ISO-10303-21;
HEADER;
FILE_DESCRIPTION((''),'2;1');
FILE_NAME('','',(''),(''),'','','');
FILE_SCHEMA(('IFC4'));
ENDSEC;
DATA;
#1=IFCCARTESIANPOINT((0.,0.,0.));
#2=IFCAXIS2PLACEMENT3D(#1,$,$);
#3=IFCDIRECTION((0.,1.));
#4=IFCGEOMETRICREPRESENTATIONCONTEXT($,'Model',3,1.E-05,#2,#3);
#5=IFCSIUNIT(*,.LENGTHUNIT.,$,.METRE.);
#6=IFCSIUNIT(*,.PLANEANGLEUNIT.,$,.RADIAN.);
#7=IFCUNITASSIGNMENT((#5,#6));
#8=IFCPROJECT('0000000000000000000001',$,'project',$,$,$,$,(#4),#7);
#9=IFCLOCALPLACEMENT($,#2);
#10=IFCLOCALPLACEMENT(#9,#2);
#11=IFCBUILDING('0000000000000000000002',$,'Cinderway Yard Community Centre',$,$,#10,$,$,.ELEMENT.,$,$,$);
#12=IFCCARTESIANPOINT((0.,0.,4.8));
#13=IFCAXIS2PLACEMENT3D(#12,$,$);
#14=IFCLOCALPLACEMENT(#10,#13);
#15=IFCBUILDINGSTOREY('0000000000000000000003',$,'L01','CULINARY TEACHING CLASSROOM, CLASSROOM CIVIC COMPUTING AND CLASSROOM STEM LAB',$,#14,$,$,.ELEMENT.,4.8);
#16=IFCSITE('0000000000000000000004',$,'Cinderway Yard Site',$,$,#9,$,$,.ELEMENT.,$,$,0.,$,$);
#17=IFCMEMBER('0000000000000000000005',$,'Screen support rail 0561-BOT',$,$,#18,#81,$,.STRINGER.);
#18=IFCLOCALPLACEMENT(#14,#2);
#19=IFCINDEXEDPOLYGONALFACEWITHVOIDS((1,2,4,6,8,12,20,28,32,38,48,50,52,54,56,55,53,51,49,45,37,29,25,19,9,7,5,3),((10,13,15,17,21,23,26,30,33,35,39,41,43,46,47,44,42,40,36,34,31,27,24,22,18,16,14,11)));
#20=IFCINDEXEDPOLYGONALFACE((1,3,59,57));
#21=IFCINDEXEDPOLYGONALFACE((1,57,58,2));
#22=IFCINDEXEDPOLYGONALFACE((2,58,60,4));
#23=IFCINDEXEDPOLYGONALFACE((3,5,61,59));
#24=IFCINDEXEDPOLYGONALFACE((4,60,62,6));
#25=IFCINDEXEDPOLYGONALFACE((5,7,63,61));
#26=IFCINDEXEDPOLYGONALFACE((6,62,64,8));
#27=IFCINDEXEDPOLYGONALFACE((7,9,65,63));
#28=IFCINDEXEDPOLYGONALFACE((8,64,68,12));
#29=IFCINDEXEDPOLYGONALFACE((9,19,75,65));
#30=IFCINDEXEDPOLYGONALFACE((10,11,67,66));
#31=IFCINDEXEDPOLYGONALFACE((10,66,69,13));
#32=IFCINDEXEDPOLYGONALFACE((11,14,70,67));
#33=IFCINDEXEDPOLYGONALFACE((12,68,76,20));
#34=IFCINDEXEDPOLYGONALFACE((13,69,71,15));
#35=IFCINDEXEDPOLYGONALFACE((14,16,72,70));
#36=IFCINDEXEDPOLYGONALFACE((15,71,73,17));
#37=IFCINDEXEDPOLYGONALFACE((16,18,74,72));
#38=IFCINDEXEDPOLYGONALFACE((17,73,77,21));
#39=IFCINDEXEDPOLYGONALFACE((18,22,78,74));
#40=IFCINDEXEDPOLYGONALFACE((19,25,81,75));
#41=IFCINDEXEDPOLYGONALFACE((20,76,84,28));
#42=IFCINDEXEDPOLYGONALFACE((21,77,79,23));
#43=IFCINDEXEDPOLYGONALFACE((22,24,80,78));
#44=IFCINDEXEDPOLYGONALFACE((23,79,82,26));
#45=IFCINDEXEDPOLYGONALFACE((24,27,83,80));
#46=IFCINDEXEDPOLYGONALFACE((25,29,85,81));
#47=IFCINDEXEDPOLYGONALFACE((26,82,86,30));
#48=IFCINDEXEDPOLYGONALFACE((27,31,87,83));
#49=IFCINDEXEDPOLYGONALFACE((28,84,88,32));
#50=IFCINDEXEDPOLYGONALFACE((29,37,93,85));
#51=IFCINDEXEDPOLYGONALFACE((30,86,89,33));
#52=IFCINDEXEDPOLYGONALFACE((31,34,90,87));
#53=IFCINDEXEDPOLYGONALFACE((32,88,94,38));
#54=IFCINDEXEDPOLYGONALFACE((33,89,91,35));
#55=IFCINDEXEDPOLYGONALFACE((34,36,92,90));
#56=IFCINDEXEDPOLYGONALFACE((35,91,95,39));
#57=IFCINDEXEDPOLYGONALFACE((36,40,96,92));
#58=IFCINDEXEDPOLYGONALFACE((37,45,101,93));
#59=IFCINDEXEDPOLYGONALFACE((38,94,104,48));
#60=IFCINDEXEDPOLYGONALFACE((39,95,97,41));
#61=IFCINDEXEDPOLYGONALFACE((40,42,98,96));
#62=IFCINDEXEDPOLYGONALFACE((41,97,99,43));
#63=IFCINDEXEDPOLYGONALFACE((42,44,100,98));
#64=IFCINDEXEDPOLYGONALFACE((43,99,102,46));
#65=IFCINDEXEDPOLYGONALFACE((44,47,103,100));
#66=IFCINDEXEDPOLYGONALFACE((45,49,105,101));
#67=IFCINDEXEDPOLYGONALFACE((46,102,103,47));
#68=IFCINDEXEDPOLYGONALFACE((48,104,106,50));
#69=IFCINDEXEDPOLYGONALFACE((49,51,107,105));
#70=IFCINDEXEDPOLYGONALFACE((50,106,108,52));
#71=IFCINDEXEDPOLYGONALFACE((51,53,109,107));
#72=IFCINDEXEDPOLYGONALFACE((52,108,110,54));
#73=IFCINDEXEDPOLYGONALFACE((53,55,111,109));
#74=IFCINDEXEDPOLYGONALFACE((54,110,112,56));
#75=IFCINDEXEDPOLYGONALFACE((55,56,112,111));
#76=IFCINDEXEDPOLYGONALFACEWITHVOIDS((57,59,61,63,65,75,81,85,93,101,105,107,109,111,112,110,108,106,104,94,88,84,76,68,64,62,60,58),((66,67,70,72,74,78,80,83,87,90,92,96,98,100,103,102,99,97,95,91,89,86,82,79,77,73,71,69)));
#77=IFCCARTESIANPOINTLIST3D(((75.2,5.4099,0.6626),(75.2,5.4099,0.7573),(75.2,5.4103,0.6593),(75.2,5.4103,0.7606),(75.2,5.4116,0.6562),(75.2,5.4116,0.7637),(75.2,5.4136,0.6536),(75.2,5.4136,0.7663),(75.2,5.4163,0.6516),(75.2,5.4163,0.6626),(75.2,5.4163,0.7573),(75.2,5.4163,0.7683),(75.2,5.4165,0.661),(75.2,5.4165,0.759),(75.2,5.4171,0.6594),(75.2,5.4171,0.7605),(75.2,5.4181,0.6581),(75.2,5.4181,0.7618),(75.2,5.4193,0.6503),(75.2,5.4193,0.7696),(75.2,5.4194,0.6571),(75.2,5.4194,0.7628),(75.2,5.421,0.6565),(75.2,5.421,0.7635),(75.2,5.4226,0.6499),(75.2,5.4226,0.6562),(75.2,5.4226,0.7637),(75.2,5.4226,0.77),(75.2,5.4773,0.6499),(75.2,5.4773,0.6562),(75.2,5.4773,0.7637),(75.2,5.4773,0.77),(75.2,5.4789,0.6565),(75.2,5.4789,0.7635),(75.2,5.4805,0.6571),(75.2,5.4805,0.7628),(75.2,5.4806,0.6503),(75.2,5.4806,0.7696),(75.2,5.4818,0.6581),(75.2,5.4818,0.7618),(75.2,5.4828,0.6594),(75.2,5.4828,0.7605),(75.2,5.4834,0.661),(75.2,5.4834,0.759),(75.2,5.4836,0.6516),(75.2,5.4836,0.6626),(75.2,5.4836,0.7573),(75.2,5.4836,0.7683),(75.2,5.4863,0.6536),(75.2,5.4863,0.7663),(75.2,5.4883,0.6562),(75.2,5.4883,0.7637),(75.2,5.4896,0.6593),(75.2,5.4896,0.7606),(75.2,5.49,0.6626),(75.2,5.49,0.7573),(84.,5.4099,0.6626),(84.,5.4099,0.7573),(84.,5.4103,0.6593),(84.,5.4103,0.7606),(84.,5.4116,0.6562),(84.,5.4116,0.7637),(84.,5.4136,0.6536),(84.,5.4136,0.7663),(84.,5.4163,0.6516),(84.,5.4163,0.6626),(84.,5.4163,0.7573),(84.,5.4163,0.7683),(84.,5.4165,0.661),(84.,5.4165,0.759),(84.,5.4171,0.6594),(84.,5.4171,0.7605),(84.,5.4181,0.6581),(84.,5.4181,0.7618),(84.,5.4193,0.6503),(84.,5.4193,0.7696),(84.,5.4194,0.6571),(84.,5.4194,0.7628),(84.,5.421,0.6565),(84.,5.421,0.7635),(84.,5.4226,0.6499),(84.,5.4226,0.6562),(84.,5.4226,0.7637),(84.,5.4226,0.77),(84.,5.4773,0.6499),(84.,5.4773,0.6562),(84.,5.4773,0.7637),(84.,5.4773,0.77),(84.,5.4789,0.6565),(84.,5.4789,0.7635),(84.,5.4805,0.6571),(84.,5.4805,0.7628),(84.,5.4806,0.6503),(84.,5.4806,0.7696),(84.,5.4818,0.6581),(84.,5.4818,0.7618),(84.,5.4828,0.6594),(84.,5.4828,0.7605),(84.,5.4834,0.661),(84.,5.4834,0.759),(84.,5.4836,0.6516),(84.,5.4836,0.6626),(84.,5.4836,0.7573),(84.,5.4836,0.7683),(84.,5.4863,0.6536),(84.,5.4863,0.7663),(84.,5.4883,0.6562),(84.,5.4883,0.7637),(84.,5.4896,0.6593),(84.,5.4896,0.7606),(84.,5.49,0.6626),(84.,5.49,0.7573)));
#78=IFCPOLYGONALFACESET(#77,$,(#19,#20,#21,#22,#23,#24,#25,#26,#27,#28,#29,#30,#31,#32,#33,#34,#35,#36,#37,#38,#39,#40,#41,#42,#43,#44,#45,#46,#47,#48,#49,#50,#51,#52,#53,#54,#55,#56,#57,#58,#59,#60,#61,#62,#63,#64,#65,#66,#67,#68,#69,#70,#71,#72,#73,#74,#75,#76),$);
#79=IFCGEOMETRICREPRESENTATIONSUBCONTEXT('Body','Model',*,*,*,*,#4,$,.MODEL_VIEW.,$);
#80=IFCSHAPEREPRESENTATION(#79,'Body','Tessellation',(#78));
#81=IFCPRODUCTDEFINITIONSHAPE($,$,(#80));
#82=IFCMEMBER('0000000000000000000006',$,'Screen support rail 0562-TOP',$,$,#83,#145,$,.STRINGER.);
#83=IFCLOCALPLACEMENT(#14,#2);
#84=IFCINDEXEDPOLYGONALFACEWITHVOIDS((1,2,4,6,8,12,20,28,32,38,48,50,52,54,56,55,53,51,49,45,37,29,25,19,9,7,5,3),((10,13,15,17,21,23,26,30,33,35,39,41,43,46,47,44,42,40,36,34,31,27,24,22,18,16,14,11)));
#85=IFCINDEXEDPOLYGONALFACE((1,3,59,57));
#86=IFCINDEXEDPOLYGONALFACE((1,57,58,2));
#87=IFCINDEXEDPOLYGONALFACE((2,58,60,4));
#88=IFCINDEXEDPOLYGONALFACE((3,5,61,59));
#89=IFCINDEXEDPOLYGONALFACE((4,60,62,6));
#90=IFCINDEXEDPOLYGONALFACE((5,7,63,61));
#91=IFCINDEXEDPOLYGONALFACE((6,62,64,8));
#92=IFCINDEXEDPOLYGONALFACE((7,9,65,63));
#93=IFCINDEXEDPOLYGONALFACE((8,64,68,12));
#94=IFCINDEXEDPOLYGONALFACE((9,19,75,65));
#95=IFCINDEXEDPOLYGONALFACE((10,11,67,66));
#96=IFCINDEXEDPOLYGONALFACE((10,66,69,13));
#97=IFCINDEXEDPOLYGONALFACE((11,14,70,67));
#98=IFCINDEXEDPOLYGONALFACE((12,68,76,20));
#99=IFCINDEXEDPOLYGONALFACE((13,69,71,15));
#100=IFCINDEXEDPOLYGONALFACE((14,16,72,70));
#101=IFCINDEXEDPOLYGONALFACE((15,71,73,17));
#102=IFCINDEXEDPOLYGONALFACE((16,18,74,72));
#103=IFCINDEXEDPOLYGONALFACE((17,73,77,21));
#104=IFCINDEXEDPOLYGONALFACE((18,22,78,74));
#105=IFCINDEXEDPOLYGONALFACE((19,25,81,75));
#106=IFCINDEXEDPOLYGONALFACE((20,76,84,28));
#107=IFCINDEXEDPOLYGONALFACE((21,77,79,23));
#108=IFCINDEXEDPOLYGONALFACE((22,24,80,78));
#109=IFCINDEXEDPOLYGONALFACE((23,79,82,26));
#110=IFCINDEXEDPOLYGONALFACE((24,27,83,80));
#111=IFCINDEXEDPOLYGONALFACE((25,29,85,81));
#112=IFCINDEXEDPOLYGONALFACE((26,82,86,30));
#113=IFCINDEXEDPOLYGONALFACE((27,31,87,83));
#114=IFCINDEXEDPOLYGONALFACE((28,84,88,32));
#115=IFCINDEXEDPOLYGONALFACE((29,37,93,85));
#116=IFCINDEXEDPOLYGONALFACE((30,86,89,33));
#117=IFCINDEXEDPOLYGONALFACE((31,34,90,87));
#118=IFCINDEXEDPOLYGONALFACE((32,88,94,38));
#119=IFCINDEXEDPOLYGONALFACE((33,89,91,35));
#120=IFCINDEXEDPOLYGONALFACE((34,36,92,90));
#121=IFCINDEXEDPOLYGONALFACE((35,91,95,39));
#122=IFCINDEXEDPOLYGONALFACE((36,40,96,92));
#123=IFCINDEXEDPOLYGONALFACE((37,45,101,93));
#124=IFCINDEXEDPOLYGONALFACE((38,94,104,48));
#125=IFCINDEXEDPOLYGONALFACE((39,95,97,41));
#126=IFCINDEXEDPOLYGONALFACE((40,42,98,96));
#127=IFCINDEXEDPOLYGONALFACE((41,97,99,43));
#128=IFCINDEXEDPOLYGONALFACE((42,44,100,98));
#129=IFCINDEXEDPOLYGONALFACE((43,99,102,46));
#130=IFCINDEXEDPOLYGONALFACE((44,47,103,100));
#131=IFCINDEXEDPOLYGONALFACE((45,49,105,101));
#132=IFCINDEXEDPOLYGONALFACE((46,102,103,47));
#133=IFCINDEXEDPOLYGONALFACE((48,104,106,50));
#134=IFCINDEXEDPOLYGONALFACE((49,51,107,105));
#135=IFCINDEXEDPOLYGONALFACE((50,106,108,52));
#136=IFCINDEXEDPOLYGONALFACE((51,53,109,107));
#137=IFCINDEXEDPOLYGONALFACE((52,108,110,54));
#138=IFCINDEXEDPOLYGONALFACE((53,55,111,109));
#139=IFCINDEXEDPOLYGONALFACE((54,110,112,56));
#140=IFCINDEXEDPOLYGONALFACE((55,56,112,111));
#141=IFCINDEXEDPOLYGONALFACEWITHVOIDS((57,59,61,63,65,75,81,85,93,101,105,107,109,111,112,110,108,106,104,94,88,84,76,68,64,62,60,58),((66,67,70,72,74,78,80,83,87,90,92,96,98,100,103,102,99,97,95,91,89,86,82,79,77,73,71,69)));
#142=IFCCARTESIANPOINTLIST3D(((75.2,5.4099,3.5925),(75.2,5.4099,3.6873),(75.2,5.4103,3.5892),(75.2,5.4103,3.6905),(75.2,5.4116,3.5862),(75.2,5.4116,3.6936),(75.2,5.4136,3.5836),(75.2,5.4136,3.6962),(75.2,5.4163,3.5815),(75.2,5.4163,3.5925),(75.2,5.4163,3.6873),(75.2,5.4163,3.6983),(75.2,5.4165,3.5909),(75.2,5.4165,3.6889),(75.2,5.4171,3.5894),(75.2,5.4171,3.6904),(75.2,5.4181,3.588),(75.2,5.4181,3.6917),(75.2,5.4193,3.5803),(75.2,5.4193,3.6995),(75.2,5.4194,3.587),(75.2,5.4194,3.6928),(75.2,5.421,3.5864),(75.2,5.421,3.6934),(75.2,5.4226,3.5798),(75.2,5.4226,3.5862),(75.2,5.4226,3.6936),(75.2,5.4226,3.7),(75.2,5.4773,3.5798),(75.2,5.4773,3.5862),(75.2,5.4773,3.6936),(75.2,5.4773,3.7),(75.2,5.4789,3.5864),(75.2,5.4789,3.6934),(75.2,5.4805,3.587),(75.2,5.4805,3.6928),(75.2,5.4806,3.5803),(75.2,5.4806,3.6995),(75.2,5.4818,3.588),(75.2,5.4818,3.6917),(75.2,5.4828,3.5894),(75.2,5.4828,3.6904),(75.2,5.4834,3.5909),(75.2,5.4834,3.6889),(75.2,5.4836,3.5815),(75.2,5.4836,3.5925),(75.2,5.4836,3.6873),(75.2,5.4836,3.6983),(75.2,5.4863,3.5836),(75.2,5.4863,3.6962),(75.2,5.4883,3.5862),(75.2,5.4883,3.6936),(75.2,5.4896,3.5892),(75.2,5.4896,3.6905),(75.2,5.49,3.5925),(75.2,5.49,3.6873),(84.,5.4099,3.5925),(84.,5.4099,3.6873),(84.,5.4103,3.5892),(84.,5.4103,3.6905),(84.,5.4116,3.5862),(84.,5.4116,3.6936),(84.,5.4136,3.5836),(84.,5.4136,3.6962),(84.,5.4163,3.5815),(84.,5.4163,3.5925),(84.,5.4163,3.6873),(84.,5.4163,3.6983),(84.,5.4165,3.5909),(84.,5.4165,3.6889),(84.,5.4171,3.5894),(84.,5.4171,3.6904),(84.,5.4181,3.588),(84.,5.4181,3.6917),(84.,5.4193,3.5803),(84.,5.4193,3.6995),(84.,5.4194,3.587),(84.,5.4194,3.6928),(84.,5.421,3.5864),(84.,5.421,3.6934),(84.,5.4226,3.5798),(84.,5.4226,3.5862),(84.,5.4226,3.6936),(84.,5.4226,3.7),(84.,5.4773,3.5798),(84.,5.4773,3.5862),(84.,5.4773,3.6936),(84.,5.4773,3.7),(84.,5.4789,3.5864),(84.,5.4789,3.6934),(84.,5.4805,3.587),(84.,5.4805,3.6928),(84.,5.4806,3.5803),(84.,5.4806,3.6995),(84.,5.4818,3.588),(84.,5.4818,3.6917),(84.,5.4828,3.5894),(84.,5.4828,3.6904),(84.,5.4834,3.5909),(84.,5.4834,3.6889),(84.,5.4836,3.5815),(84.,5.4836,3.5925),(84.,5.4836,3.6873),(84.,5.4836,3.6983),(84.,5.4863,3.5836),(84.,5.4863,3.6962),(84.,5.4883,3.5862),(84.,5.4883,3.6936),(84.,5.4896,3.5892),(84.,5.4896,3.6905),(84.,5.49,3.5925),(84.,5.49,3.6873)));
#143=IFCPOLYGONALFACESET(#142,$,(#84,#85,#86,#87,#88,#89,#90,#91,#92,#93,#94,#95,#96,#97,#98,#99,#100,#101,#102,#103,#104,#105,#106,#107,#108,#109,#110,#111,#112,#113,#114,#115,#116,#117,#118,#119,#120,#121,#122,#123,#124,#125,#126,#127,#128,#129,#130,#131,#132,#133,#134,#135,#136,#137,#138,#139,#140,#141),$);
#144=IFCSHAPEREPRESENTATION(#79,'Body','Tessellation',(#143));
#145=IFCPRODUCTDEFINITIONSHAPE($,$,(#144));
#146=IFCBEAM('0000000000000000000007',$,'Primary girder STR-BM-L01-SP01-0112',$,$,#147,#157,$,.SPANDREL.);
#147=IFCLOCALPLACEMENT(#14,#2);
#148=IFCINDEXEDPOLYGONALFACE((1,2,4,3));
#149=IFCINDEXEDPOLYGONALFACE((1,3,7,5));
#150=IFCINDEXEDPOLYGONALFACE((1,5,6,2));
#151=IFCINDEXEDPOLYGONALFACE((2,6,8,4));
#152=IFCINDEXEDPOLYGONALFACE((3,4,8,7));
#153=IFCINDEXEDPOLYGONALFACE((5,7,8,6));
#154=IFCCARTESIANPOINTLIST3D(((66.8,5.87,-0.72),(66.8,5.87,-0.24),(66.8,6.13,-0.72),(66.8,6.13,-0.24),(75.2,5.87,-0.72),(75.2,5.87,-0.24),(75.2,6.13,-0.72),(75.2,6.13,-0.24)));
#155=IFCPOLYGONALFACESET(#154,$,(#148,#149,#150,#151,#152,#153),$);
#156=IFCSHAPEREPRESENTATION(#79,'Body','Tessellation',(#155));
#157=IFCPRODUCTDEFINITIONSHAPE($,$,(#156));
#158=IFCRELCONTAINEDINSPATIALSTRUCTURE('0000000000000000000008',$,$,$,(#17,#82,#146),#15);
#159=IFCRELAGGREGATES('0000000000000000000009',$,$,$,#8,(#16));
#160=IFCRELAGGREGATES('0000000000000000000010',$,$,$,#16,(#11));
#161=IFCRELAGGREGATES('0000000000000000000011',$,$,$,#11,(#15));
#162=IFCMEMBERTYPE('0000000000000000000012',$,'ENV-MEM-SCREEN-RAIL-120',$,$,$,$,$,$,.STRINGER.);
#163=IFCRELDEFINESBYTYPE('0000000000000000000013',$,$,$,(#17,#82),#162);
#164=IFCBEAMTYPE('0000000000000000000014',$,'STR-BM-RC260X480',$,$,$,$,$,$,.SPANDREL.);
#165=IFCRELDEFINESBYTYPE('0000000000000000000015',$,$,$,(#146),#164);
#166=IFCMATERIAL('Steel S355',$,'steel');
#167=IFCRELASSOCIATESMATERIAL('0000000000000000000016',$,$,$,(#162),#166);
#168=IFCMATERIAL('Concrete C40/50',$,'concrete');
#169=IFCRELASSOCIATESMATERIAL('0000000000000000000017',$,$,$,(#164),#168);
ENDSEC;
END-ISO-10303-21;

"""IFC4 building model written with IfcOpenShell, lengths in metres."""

from ifc_helpers import new_model, si_unit, direction, frame, origin, origin_2d, place, context, subcontext, project, spatial, rectangle, hollow_rectangle, extrude, material, material_profile, profile_set, type_object, element, save


model = new_model("IFC4")

# Units and contexts
model_context = context("Model", 3, precision=1e-05, world=origin(), true_north=direction((0.0, 1.0)))
body_context = subcontext(model_context, "Body", "Model", "MODEL_VIEW")
ifc_project = project(units=[si_unit("LENGTHUNIT", "METRE"), si_unit("PLANEANGLEUNIT", "RADIAN")], contexts=[model_context])

# Site, building, storey
site_placement = place(None, origin())
site = spatial("IfcSite", under=ifc_project, at=site_placement, Name="Cinderway Yard Site", CompositionType="ELEMENT", RefElevation=0.0)
building_placement = place(site_placement, origin())
building = spatial("IfcBuilding", under=site, at=building_placement, Name="Cinderway Yard Community Centre", CompositionType="ELEMENT")
storey_placement = place(building_placement, frame((0.0, 0.0, 4.8)))
storey = spatial("IfcBuildingStorey", under=building, at=storey_placement, Name="L01", Description="CULINARY TEACHING CLASSROOM, CLASSROOM CIVIC COMPUTING AND CLASSROOM STEM LAB", CompositionType="ELEMENT", Elevation=4.8)

# Shared definitions
ifc_material_1 = material(Name="Concrete C40/50", Category="concrete")

# Members
ifc_material_2 = material(Name="Steel S355", Category="steel")
ifc_material_profile_1 = material_profile(ifc_material_2, hollow_rectangle(XDim=0.0801, YDim=0.1201, WallThickness=0.0063, InnerFilletRadius=0.0063, OuterFilletRadius=0.0127, at=origin_2d()), Name="Steel S355")
ifc_profile_set_1 = profile_set([ifc_material_profile_1], Name="Steel S355")
member_type_1 = type_object("IfcMemberType", Name="ENV-MEM-SCREEN-RAIL-120", PredefinedType="STRINGER", material=ifc_profile_set_1)
for number, where, z_axis, x_axis, name in (
    (1, (75.2, 5.45, 0.71), (1.0, 0.0, 0.0), (0.0, 1.0, 0.0), "Screen support rail 0561-BOT"),
    (2, (75.2, 5.45, 3.6399), (1.0, 0.0, 0.0), (0.0, 1.0, 0.0), "Screen support rail 0562-TOP"),
):
    element("IfcMember", number, at=place(storey_placement, frame(where, z_axis=z_axis, x_axis=x_axis)), inside=storey, type_object=member_type_1, Name=name, PredefinedType="STRINGER", context=body_context, shape_type="SweptSolid", body=[
        extrude(hollow_rectangle(XDim=0.0801, YDim=0.1201, WallThickness=0.0063, InnerFilletRadius=0.0063, OuterFilletRadius=0.0127, at=origin_2d()), origin(), (0.0, 0.0, 1.0), 8.8),
    ])

# Beam
ifc_material_profile_2 = material_profile(ifc_material_1, rectangle(XDim=0.26, YDim=0.48, at=origin_2d()), Name="Concrete C40/50")
ifc_profile_set_2 = profile_set([ifc_material_profile_2], Name="Concrete C40/50")
beam_type = type_object("IfcBeamType", Name="STR-BM-RC260X480", PredefinedType="SPANDREL", material=ifc_profile_set_2)
beam_placement = place(storey_placement, frame((66.8, 6.0, -0.48), z_axis=(1.0, 0.0, 0.0), x_axis=(0.0, 1.0, 0.0)))
element("IfcBeam", 3, at=beam_placement, inside=storey, type_object=beam_type, Name="Primary girder STR-BM-L01-SP01-0112", PredefinedType="SPANDREL", context=body_context, shape_type="SweptSolid", body=[
    extrude(rectangle(XDim=0.26, YDim=0.48, at=origin_2d()), origin(), (0.0, 0.0, 1.0), 8.3999),
])

save(model, "model.ifc")
